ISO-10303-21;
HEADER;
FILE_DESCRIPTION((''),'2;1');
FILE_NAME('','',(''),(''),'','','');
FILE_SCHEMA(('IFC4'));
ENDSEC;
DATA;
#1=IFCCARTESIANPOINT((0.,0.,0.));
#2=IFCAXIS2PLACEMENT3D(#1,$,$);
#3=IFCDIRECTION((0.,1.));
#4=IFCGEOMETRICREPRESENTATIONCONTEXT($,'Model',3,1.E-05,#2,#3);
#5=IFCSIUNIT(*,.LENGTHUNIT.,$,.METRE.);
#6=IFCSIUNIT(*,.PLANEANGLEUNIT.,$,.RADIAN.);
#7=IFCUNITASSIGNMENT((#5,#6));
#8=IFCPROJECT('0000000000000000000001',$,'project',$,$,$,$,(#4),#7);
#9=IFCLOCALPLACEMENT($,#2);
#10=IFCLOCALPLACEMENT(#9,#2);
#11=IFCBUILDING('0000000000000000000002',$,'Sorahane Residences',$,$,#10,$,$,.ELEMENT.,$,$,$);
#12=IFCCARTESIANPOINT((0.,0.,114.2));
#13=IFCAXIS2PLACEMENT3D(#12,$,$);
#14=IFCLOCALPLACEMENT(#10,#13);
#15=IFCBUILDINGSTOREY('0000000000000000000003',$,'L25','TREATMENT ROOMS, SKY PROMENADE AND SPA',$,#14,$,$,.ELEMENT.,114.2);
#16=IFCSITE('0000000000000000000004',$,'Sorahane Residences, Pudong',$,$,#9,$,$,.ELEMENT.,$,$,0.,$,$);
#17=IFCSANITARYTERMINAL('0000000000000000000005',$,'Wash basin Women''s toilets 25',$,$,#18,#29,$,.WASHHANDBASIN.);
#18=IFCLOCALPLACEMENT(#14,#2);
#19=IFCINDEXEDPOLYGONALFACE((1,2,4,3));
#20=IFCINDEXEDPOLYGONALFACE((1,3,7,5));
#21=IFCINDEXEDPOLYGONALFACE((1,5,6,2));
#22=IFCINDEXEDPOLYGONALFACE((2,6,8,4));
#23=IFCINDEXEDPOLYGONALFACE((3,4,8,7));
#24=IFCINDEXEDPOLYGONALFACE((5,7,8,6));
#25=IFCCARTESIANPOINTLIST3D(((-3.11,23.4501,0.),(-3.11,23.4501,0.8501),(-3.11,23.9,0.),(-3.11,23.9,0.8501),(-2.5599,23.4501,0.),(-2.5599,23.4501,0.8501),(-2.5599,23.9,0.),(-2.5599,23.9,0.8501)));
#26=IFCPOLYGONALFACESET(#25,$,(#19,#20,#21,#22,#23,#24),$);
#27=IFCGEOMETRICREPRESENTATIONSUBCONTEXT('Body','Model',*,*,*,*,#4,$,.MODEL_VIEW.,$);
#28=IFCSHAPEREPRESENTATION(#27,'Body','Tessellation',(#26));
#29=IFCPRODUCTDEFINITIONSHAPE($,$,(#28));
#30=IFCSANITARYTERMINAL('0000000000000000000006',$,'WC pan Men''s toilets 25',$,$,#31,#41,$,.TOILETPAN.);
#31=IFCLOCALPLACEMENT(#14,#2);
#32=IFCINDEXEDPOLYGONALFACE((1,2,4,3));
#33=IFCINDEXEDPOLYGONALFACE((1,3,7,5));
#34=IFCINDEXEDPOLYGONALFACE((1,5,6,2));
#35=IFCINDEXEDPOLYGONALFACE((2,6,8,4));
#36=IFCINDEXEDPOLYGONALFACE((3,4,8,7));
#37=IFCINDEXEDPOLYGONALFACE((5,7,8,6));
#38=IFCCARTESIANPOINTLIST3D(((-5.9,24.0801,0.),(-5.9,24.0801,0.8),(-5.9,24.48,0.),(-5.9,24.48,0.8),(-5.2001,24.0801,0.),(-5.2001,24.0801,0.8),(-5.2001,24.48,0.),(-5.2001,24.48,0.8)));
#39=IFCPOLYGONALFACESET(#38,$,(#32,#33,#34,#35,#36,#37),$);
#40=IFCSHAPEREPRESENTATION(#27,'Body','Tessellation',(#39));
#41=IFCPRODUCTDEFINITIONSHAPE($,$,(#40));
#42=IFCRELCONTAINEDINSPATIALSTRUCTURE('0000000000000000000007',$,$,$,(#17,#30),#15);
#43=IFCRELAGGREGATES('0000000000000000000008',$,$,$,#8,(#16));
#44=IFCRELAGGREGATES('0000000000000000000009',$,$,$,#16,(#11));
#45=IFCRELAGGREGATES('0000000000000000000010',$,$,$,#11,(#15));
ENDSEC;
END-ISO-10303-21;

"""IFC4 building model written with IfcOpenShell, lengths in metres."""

from ifc_helpers import new_model, si_unit, direction, frame, origin, origin_2d, place, context, subcontext, project, spatial, rectangle, extrude, element, save


model = new_model("IFC4")

# Units and contexts
model_context = context("Model", 3, precision=1e-05, world=origin(), true_north=direction((0.0, 1.0)))
body_context = subcontext(model_context, "Body", "Model", "MODEL_VIEW")
ifc_project = project(units=[si_unit("LENGTHUNIT", "METRE"), si_unit("PLANEANGLEUNIT", "RADIAN")], contexts=[model_context])

# Site, building, storey
site_placement = place(None, origin())
site = spatial("IfcSite", under=ifc_project, at=site_placement, Name="Sorahane Residences, Pudong", CompositionType="ELEMENT", RefElevation=0.0)
building_placement = place(site_placement, origin())
building = spatial("IfcBuilding", under=site, at=building_placement, Name="Sorahane Residences", CompositionType="ELEMENT")
storey_placement = place(building_placement, frame((0.0, 0.0, 114.2)))
storey = spatial("IfcBuildingStorey", under=building, at=storey_placement, Name="L25", Description="TREATMENT ROOMS, SKY PROMENADE AND SPA", CompositionType="ELEMENT", Elevation=114.2)

# Sanitary terminals
for number, where, z_axis, x_axis, name in (
    (1, (-2.835, 23.675, 0.0), (0.0, 0.0, 1.0), (1.0, 0.0, 0.0), "Wash basin Women's toilets 25"),
):
    element("IfcSanitaryTerminal", number, at=place(storey_placement, frame(where, z_axis=z_axis, x_axis=x_axis)), inside=storey, Name=name, PredefinedType="WASHHANDBASIN", context=body_context, shape_type="SweptSolid", body=[
        extrude(rectangle(XDim=0.55, YDim=0.45, at=origin_2d()), origin(), (0.0, 0.0, 1.0), 0.8501),
    ])
sanitary_terminal_placement = place(storey_placement, frame((-5.55, 24.28, 0.0), z_axis=(0.0, 0.0, 1.0), x_axis=(0.0, 1.0, 0.0)))
element("IfcSanitaryTerminal", 2, at=sanitary_terminal_placement, inside=storey, Name="WC pan Men's toilets 25", PredefinedType="TOILETPAN", context=body_context, shape_type="SweptSolid", body=[
    extrude(rectangle(XDim=0.3999, YDim=0.7, at=origin_2d()), origin(), (0.0, 0.0, 1.0), 0.8),
])

save(model, "model.ifc")
